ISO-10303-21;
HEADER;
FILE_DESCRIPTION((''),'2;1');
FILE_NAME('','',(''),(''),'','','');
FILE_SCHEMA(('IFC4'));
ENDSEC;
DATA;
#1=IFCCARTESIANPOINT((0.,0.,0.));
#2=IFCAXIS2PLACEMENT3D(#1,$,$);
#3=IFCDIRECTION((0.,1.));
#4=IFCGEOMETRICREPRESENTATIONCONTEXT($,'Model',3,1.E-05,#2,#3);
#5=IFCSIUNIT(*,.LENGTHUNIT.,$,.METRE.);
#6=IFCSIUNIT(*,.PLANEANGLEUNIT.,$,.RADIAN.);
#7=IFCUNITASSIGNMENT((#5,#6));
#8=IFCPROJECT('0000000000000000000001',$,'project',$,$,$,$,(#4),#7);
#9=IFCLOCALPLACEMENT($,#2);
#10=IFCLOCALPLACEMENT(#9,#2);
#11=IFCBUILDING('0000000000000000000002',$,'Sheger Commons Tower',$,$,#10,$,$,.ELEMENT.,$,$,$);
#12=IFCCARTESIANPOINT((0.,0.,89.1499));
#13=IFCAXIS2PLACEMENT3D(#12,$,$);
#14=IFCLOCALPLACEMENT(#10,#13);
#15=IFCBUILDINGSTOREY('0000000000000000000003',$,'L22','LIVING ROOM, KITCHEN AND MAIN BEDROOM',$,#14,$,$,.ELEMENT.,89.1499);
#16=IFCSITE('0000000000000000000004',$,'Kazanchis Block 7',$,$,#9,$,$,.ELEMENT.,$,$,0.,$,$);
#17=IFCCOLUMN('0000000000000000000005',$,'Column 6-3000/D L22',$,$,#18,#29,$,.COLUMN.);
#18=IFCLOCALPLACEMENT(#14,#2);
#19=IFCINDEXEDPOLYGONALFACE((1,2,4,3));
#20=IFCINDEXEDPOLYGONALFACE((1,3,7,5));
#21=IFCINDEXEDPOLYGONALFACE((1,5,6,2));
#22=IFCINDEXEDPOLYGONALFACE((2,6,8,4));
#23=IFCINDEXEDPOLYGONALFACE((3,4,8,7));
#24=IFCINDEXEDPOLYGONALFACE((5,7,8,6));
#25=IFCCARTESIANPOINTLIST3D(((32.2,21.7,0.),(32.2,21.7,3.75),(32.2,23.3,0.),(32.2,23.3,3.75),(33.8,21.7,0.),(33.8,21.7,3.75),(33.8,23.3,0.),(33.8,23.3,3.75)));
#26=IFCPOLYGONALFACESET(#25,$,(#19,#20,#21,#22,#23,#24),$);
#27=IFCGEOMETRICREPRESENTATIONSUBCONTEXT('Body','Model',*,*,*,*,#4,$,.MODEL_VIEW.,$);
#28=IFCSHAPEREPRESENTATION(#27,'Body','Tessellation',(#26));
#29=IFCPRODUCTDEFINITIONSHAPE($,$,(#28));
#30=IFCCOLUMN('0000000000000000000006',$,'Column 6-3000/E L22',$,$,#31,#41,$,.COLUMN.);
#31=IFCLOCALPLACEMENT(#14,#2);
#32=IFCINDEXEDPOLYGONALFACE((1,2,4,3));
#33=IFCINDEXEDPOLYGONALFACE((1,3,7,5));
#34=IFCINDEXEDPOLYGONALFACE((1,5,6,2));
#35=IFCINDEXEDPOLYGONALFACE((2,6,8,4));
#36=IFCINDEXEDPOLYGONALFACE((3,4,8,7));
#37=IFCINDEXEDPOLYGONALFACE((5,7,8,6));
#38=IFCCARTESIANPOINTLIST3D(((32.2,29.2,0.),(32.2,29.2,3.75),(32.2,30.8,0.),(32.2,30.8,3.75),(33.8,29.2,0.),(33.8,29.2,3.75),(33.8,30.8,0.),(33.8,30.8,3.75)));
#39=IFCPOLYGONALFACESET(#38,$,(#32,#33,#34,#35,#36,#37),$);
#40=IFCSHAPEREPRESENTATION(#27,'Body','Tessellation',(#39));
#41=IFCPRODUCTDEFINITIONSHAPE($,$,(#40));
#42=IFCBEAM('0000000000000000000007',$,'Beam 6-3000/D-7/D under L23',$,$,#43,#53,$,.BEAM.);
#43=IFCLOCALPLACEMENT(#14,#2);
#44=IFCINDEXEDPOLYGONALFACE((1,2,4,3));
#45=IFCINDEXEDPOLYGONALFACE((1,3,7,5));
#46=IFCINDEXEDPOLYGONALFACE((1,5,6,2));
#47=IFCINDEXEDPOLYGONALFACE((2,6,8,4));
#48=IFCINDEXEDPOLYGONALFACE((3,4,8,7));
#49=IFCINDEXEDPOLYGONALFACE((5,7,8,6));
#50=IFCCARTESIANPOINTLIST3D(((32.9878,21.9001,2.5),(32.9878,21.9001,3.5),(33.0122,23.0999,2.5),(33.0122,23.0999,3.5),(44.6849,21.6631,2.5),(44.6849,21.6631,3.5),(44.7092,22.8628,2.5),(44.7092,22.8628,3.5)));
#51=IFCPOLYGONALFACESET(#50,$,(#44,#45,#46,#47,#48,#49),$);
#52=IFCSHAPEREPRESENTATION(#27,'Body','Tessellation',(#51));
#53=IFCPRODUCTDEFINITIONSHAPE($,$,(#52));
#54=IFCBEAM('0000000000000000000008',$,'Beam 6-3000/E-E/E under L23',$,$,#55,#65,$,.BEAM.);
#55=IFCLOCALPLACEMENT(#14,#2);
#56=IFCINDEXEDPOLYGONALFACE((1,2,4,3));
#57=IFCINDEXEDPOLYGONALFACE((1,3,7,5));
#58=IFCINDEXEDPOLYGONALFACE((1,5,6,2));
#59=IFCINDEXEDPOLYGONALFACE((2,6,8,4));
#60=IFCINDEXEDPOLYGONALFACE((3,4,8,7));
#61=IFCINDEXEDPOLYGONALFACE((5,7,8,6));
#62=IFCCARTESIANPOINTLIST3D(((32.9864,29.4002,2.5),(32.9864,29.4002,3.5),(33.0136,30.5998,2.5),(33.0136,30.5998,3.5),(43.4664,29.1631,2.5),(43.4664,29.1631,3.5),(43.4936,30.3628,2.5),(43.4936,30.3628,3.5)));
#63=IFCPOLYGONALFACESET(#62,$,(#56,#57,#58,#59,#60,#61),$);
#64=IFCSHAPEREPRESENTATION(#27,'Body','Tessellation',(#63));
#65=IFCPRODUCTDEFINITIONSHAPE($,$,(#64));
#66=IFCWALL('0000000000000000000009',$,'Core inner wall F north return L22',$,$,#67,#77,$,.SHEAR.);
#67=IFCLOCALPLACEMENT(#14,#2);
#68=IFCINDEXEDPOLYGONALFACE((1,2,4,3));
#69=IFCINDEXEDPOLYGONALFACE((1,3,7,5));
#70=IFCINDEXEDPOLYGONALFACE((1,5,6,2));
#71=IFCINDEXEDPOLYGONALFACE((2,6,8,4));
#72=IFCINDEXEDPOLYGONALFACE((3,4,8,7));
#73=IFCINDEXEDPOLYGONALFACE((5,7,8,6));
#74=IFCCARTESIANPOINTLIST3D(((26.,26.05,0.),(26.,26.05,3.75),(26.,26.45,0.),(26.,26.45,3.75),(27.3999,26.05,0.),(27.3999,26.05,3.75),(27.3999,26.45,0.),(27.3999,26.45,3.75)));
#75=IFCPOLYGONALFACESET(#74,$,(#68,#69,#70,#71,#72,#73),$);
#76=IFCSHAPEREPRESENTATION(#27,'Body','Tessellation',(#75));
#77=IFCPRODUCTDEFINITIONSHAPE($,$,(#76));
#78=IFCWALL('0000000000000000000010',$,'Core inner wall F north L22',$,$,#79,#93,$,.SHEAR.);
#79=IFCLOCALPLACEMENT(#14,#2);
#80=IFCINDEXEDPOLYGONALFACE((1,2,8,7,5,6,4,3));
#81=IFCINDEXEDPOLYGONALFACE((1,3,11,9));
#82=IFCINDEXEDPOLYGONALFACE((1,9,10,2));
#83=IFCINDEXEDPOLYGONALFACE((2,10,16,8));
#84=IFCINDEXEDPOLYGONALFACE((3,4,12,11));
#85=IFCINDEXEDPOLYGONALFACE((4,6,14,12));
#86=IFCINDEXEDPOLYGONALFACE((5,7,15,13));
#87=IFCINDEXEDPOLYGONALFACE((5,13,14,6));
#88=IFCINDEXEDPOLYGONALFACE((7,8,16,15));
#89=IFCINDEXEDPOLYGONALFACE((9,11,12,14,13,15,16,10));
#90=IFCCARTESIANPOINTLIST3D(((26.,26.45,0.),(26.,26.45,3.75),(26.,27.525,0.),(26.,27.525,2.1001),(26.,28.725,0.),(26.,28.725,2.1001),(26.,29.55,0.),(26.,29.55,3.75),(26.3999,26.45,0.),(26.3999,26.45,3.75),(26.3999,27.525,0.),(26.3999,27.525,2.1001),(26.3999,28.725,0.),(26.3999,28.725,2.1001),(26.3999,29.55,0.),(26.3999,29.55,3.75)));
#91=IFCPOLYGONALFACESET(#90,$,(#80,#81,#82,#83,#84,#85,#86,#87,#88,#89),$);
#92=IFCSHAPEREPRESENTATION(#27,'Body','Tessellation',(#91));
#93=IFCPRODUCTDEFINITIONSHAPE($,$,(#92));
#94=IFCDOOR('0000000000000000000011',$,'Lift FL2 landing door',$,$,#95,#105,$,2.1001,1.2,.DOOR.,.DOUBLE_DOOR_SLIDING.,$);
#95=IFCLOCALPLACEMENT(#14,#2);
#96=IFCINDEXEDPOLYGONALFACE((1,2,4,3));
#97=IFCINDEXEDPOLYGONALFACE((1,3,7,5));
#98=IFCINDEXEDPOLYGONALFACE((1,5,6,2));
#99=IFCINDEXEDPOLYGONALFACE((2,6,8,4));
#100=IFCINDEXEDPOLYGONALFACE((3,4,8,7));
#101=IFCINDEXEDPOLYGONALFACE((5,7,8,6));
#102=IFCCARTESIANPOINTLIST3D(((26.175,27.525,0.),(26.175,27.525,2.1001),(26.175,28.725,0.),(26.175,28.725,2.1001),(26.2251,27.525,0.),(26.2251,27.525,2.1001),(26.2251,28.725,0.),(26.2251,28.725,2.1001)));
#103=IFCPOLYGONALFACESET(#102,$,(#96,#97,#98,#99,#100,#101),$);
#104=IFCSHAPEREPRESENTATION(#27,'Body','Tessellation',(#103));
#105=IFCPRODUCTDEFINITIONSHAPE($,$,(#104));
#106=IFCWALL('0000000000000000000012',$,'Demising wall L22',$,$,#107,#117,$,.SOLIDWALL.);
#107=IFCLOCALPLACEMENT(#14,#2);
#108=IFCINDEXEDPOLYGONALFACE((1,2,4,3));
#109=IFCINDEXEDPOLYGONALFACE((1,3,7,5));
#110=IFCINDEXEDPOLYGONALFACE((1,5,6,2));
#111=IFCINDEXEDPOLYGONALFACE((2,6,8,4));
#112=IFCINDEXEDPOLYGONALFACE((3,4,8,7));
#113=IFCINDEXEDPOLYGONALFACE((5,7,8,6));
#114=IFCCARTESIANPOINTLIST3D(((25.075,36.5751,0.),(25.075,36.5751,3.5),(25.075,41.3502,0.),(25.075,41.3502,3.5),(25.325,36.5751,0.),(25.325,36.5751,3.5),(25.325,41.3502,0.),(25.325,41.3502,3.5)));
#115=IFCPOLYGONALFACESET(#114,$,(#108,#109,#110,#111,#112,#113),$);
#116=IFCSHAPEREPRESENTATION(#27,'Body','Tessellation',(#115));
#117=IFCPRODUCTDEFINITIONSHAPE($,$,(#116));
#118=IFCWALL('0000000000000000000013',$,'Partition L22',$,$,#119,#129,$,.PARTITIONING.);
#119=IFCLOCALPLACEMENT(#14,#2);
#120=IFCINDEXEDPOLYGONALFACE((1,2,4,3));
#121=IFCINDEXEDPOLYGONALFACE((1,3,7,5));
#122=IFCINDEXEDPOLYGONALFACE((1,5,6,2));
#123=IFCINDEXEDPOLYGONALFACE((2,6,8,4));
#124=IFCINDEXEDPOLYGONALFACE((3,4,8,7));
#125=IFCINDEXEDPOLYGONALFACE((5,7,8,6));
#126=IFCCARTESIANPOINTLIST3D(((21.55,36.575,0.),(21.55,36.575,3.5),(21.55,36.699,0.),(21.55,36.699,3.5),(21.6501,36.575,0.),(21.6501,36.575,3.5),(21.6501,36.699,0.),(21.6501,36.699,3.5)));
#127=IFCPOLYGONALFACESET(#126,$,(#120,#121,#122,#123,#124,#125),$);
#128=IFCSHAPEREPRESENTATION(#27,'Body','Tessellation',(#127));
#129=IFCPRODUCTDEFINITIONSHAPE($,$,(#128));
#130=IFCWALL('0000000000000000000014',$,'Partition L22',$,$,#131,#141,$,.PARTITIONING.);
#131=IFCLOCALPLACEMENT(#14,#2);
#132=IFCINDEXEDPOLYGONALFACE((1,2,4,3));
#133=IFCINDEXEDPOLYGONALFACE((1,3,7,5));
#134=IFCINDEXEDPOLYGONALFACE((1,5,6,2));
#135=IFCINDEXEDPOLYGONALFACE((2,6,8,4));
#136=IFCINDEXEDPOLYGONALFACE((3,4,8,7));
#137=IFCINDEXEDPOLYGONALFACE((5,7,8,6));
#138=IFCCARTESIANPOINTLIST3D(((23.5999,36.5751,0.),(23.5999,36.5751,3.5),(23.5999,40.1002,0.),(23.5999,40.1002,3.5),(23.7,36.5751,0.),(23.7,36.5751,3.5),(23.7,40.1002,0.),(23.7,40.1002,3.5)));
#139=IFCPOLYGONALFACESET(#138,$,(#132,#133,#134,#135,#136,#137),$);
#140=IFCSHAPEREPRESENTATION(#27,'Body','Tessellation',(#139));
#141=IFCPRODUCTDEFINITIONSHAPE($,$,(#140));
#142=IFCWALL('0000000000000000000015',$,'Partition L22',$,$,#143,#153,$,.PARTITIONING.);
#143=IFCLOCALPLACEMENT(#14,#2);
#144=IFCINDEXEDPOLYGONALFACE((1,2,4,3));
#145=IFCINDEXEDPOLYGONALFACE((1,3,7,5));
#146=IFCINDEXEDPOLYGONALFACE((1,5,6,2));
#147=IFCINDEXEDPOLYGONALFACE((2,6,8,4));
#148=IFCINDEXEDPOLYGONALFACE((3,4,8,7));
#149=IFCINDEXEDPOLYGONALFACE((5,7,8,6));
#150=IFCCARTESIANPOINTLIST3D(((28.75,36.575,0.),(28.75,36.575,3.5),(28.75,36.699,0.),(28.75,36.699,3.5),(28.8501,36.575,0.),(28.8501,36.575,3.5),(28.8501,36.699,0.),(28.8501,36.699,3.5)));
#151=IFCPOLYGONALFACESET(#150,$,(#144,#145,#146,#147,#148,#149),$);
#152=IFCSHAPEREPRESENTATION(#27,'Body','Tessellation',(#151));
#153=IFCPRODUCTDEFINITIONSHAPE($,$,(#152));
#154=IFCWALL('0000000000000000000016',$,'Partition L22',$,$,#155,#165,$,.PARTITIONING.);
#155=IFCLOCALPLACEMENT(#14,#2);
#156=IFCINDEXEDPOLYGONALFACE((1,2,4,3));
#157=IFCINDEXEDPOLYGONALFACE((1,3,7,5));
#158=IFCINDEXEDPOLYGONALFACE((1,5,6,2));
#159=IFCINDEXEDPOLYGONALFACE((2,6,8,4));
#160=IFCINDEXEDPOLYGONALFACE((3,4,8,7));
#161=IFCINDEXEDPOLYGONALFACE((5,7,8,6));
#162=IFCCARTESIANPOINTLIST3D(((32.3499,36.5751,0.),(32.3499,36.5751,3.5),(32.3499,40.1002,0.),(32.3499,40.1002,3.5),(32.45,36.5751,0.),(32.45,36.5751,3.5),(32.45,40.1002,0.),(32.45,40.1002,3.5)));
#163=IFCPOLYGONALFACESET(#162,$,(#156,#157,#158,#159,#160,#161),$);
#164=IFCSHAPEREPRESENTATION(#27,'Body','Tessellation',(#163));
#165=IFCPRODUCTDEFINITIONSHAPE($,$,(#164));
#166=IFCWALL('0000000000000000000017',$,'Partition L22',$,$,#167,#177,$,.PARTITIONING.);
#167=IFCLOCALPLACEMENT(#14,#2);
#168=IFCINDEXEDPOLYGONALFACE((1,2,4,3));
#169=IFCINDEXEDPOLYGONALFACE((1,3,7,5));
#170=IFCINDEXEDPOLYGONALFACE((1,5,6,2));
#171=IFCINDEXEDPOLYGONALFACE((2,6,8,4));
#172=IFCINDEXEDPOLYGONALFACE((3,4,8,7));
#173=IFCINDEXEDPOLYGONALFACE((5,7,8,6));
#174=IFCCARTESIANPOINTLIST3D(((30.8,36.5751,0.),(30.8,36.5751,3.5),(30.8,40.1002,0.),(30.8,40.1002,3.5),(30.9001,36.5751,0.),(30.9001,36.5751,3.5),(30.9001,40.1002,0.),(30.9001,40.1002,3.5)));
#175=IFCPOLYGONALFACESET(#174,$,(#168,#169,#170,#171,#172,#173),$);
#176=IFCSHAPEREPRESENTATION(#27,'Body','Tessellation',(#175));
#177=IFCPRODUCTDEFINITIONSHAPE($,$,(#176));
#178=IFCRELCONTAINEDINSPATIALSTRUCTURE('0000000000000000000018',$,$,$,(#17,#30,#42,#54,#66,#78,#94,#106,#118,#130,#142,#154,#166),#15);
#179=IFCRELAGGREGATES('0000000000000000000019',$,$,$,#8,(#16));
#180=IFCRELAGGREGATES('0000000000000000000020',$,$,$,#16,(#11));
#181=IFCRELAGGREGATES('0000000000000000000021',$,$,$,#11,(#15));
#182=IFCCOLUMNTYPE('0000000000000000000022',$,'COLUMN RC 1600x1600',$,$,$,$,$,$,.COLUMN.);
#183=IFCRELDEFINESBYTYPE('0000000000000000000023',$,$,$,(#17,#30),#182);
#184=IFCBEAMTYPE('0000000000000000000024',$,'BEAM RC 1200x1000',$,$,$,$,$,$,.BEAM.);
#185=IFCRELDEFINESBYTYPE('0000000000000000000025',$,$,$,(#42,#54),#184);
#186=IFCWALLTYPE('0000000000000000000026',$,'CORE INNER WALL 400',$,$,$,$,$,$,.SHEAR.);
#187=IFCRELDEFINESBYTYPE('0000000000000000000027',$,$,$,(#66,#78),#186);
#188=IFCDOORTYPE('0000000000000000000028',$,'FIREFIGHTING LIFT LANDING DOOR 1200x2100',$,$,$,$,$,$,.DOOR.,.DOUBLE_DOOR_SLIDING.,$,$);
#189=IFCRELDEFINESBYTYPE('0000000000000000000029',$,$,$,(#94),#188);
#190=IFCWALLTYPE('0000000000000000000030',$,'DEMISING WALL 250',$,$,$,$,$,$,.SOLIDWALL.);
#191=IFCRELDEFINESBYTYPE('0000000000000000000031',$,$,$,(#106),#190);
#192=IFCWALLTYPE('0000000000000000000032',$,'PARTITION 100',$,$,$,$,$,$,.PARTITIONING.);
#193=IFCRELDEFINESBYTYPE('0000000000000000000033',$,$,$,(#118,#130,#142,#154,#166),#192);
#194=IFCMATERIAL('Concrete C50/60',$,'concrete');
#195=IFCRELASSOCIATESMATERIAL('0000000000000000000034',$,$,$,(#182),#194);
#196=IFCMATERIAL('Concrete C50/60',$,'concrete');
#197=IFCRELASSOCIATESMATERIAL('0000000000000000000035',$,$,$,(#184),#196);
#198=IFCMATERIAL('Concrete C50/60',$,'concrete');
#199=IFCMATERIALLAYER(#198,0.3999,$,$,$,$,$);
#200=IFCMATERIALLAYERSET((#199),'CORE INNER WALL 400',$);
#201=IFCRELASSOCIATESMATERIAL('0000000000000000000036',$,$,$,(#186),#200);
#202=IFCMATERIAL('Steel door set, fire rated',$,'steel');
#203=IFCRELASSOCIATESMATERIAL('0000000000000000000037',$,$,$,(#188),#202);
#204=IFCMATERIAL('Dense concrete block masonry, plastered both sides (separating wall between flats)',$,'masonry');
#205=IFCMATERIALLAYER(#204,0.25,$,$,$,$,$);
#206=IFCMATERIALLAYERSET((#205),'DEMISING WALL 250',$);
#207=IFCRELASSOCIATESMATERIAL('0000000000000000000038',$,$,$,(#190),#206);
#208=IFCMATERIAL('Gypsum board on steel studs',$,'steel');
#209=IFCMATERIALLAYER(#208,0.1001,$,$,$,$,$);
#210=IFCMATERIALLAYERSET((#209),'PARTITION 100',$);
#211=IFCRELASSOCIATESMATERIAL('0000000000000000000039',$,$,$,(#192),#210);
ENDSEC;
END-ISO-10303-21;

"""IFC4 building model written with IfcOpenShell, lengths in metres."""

from ifc_helpers import new_model, si_unit, direction, frame, frame_2d, origin, origin_2d, place, context, subcontext, project, spatial, rectangle, extrude, material, layer, layer_set, material_profile, profile_set, type_object, element, fill, save


model = new_model("IFC4")

# Units and contexts
model_context = context("Model", 3, precision=1e-05, world=origin(), true_north=direction((0.0, 1.0)))
body_context = subcontext(model_context, "Body", "Model", "MODEL_VIEW")
ifc_project = project(units=[si_unit("LENGTHUNIT", "METRE"), si_unit("PLANEANGLEUNIT", "RADIAN")], contexts=[model_context])

# Site, building, storey
site_placement = place(None, origin())
site = spatial("IfcSite", under=ifc_project, at=site_placement, Name="Kazanchis Block 7", CompositionType="ELEMENT", RefElevation=0.0)
building_placement = place(site_placement, origin())
building = spatial("IfcBuilding", under=site, at=building_placement, Name="Sheger Commons Tower", CompositionType="ELEMENT")
storey_placement = place(building_placement, frame((0.0, 0.0, 89.1499)))
storey = spatial("IfcBuildingStorey", under=building, at=storey_placement, Name="L22", Description="LIVING ROOM, KITCHEN AND MAIN BEDROOM", CompositionType="ELEMENT", Elevation=89.1499)

# Columns
ifc_material_1 = material(Name="Concrete C50/60", Category="concrete")
ifc_material_profile_1 = material_profile(ifc_material_1, rectangle(XDim=1.6001, YDim=1.6001, at=origin_2d()), Name="RC 1600x1600")
ifc_profile_set_1 = profile_set([ifc_material_profile_1], Name="Concrete C50/60")
column_type = type_object("IfcColumnType", Name="COLUMN RC 1600x1600", PredefinedType="COLUMN", material=ifc_profile_set_1)
for number, where, z_axis, x_axis, name in (
    (1, (33.0, 22.5, 0.0), (0.0, 0.0, 1.0), (1.0, 0.0, 0.0), "Column 6-3000/D L22"),
    (2, (33.0, 30.0, 0.0), (0.0, 0.0, 1.0), (1.0, 0.0, 0.0), "Column 6-3000/E L22"),
):
    element("IfcColumn", number, at=place(storey_placement, frame(where, z_axis=z_axis, x_axis=x_axis)), inside=storey, type_object=column_type, Name=name, PredefinedType="COLUMN", context=body_context, shape_type="SweptSolid", body=[
        extrude(rectangle(XDim=1.6001, YDim=1.6001, at=origin_2d()), origin(), (0.0, 0.0, 1.0), 3.75),
    ])

# Beams
ifc_material_2 = material(Name="Concrete C50/60", Category="concrete")
ifc_material_profile_2 = material_profile(ifc_material_2, rectangle(XDim=1.2, YDim=1.0, at=origin_2d()), Name="RC 1200x1000")
ifc_profile_set_2 = profile_set([ifc_material_profile_2], Name="Concrete C50/60")
beam_type = type_object("IfcBeamType", Name="BEAM RC 1200x1000", PredefinedType="BEAM", material=ifc_profile_set_2)
beam_1_placement = place(storey_placement, frame((33.0, 22.5, 3.0), z_axis=(0.999795, -0.020263, 0.0), x_axis=(0.020263, 0.999795, 0.0)))
element("IfcBeam", 3, at=beam_1_placement, inside=storey, type_object=beam_type, Name="Beam 6-3000/D-7/D under L23", PredefinedType="BEAM", context=body_context, shape_type="SweptSolid", body=[
    extrude(rectangle(XDim=1.2, YDim=1.0, at=origin_2d()), origin(), (0.0, 0.0, 1.0), 11.6995),
])
beam_2_placement = place(storey_placement, frame((33.0, 30.0, 3.0), z_axis=(0.999744, -0.022615, 0.0), x_axis=(0.022615, 0.999744, 0.0)))
element("IfcBeam", 4, at=beam_2_placement, inside=storey, type_object=beam_type, Name="Beam 6-3000/E-E/E under L23", PredefinedType="BEAM", context=body_context, shape_type="SweptSolid", body=[
    extrude(rectangle(XDim=1.2, YDim=1.0, at=origin_2d()), origin(), (0.0, 0.0, 1.0), 10.4827),
])

# Wall
ifc_material_3 = material(Name="Concrete C50/60", Category="concrete")
ifc_layer_1 = layer(ifc_material_3, 0.3999)
ifc_layer_set_1 = layer_set([ifc_layer_1], Name="CORE INNER WALL 400")
wall_type_1 = type_object("IfcWallType", Name="CORE INNER WALL 400", PredefinedType="SHEAR", material=ifc_layer_set_1)
wall_1_placement = place(storey_placement, frame((26.0, 26.25, 0.0), z_axis=(0.0, 0.0, 1.0), x_axis=(1.0, 0.0, 0.0)))
element("IfcWall", 5, at=wall_1_placement, inside=storey, type_object=wall_type_1, Name="Core inner wall F north return L22", PredefinedType="SHEAR", context=body_context, shape_type="SweptSolid", body=[
    extrude(rectangle(XDim=1.3999, YDim=0.3999, at=frame_2d((0.7, 0.0))), origin(), (0.0, 0.0, 1.0), 3.75),
])

# Wall, opening, door
wall_2_placement = place(storey_placement, frame((26.2, 26.45, 0.0), z_axis=(0.0, 0.0, 1.0), x_axis=(0.0, 1.0, 0.0)))
wall_2 = element("IfcWall", 6, at=wall_2_placement, inside=storey, type_object=wall_type_1, Name="Core inner wall F north L22", PredefinedType="SHEAR", context=body_context, shape_type="SweptSolid", body=[
    extrude(rectangle(XDim=3.1001, YDim=0.3999, at=frame_2d((1.55, 0.0))), origin(), (0.0, 0.0, 1.0), 3.75),
])
opening_placement = place(wall_2_placement, frame((1.075, 0.0, 0.0)))
opening = element("IfcOpeningElement", 7, at=opening_placement, cuts=wall_2, PredefinedType="OPENING", context=body_context, shape_type="SweptSolid", body=[
    extrude(rectangle(XDim=1.2, YDim=2.1001, at=frame_2d((0.6001, 1.05))), frame((0.0, 0.21, 0.0), z_axis=(0.0, -1.0, 0.0), x_axis=(1.0, 0.0, 0.0)), (0.0, 0.0, 1.0), 0.4199),
])
ifc_material_4 = material(Name="Steel door set, fire rated", Category="steel")
door_type = type_object("IfcDoorType", Name="FIREFIGHTING LIFT LANDING DOOR 1200x2100", OperationType="DOUBLE_DOOR_SLIDING", PredefinedType="DOOR", material=ifc_material_4)
door_placement = place(opening_placement, origin())
door = element("IfcDoor", 8, at=door_placement, inside=storey, type_object=door_type, Name="Lift FL2 landing door", OperationType="DOUBLE_DOOR_SLIDING", OverallHeight=2.1001, OverallWidth=1.2, PredefinedType="DOOR", context=body_context, shape_type="SweptSolid", body=[
    extrude(rectangle(XDim=1.2, YDim=2.1001, at=frame_2d((0.6001, 1.05))), frame((0.0, 0.0249, 0.0), z_axis=(0.0, -1.0, 0.0), x_axis=(1.0, 0.0, 0.0)), (0.0, 0.0, 1.0), 0.05),
])
fill(opening, door)

# Walls
ifc_material_5 = material(Name="Dense concrete block masonry, plastered both sides (separating wall between flats)", Category="masonry")
ifc_layer_2 = layer(ifc_material_5, 0.25)
ifc_layer_set_2 = layer_set([ifc_layer_2], Name="DEMISING WALL 250")
wall_type_2 = type_object("IfcWallType", Name="DEMISING WALL 250", PredefinedType="SOLIDWALL", material=ifc_layer_set_2)
wall_3_placement = place(storey_placement, frame((25.2, 36.575, 0.0), z_axis=(0.0, 0.0, 1.0), x_axis=(0.0, 1.0, 0.0)))
element("IfcWall", 9, at=wall_3_placement, inside=storey, type_object=wall_type_2, Name="Demising wall L22", PredefinedType="SOLIDWALL", context=body_context, shape_type="SweptSolid", body=[
    extrude(rectangle(XDim=4.7751, YDim=0.25, at=frame_2d((2.3877, 0.0))), origin(), (0.0, 0.0, 1.0), 3.5),
])
ifc_material_6 = material(Name="Gypsum board on steel studs", Category="steel")
ifc_layer_3 = layer(ifc_material_6, 0.1001)
ifc_layer_set_3 = layer_set([ifc_layer_3], Name="PARTITION 100")
wall_type_3 = type_object("IfcWallType", Name="PARTITION 100", PredefinedType="PARTITIONING", material=ifc_layer_set_3)
wall_4_placement = place(storey_placement, frame((21.6001, 36.575, 0.0), z_axis=(0.0, 0.0, 1.0), x_axis=(0.0, 1.0, 0.0)))
element("IfcWall", 10, at=wall_4_placement, inside=storey, type_object=wall_type_3, Name="Partition L22", PredefinedType="PARTITIONING", context=body_context, shape_type="SweptSolid", body=[
    extrude(rectangle(XDim=0.124, YDim=0.1001, at=frame_2d((0.062, 0.0))), origin(), (0.0, 0.0, 1.0), 3.5),
])
wall_5_placement = place(storey_placement, frame((23.6499, 36.575, 0.0), z_axis=(0.0, 0.0, 1.0), x_axis=(0.0, 1.0, 0.0)))
element("IfcWall", 11, at=wall_5_placement, inside=storey, type_object=wall_type_3, Name="Partition L22", PredefinedType="PARTITIONING", context=body_context, shape_type="SweptSolid", body=[
    extrude(rectangle(XDim=3.5251, YDim=0.1001, at=frame_2d((1.7627, 0.0))), origin(), (0.0, 0.0, 1.0), 3.5),
])
wall_6_placement = place(storey_placement, frame((28.8, 36.575, 0.0), z_axis=(0.0, 0.0, 1.0), x_axis=(0.0, 1.0, 0.0)))
element("IfcWall", 12, at=wall_6_placement, inside=storey, type_object=wall_type_3, Name="Partition L22", PredefinedType="PARTITIONING", context=body_context, shape_type="SweptSolid", body=[
    extrude(rectangle(XDim=0.124, YDim=0.1001, at=frame_2d((0.062, 0.0))), origin(), (0.0, 0.0, 1.0), 3.5),
])
for number, where, z_axis, x_axis, name in (
    (13, (32.3999, 36.575, 0.0), (0.0, 0.0, 1.0), (0.0, 1.0, 0.0), "Partition L22"),
    (14, (30.8501, 36.575, 0.0), (0.0, 0.0, 1.0), (0.0, 1.0, 0.0), "Partition L22"),
):
    element("IfcWall", number, at=place(storey_placement, frame(where, z_axis=z_axis, x_axis=x_axis)), inside=storey, type_object=wall_type_3, Name=name, PredefinedType="PARTITIONING", context=body_context, shape_type="SweptSolid", body=[
        extrude(rectangle(XDim=3.5251, YDim=0.1001, at=frame_2d((1.7627, 0.0))), origin(), (0.0, 0.0, 1.0), 3.5),
    ])

save(model, "model.ifc")
